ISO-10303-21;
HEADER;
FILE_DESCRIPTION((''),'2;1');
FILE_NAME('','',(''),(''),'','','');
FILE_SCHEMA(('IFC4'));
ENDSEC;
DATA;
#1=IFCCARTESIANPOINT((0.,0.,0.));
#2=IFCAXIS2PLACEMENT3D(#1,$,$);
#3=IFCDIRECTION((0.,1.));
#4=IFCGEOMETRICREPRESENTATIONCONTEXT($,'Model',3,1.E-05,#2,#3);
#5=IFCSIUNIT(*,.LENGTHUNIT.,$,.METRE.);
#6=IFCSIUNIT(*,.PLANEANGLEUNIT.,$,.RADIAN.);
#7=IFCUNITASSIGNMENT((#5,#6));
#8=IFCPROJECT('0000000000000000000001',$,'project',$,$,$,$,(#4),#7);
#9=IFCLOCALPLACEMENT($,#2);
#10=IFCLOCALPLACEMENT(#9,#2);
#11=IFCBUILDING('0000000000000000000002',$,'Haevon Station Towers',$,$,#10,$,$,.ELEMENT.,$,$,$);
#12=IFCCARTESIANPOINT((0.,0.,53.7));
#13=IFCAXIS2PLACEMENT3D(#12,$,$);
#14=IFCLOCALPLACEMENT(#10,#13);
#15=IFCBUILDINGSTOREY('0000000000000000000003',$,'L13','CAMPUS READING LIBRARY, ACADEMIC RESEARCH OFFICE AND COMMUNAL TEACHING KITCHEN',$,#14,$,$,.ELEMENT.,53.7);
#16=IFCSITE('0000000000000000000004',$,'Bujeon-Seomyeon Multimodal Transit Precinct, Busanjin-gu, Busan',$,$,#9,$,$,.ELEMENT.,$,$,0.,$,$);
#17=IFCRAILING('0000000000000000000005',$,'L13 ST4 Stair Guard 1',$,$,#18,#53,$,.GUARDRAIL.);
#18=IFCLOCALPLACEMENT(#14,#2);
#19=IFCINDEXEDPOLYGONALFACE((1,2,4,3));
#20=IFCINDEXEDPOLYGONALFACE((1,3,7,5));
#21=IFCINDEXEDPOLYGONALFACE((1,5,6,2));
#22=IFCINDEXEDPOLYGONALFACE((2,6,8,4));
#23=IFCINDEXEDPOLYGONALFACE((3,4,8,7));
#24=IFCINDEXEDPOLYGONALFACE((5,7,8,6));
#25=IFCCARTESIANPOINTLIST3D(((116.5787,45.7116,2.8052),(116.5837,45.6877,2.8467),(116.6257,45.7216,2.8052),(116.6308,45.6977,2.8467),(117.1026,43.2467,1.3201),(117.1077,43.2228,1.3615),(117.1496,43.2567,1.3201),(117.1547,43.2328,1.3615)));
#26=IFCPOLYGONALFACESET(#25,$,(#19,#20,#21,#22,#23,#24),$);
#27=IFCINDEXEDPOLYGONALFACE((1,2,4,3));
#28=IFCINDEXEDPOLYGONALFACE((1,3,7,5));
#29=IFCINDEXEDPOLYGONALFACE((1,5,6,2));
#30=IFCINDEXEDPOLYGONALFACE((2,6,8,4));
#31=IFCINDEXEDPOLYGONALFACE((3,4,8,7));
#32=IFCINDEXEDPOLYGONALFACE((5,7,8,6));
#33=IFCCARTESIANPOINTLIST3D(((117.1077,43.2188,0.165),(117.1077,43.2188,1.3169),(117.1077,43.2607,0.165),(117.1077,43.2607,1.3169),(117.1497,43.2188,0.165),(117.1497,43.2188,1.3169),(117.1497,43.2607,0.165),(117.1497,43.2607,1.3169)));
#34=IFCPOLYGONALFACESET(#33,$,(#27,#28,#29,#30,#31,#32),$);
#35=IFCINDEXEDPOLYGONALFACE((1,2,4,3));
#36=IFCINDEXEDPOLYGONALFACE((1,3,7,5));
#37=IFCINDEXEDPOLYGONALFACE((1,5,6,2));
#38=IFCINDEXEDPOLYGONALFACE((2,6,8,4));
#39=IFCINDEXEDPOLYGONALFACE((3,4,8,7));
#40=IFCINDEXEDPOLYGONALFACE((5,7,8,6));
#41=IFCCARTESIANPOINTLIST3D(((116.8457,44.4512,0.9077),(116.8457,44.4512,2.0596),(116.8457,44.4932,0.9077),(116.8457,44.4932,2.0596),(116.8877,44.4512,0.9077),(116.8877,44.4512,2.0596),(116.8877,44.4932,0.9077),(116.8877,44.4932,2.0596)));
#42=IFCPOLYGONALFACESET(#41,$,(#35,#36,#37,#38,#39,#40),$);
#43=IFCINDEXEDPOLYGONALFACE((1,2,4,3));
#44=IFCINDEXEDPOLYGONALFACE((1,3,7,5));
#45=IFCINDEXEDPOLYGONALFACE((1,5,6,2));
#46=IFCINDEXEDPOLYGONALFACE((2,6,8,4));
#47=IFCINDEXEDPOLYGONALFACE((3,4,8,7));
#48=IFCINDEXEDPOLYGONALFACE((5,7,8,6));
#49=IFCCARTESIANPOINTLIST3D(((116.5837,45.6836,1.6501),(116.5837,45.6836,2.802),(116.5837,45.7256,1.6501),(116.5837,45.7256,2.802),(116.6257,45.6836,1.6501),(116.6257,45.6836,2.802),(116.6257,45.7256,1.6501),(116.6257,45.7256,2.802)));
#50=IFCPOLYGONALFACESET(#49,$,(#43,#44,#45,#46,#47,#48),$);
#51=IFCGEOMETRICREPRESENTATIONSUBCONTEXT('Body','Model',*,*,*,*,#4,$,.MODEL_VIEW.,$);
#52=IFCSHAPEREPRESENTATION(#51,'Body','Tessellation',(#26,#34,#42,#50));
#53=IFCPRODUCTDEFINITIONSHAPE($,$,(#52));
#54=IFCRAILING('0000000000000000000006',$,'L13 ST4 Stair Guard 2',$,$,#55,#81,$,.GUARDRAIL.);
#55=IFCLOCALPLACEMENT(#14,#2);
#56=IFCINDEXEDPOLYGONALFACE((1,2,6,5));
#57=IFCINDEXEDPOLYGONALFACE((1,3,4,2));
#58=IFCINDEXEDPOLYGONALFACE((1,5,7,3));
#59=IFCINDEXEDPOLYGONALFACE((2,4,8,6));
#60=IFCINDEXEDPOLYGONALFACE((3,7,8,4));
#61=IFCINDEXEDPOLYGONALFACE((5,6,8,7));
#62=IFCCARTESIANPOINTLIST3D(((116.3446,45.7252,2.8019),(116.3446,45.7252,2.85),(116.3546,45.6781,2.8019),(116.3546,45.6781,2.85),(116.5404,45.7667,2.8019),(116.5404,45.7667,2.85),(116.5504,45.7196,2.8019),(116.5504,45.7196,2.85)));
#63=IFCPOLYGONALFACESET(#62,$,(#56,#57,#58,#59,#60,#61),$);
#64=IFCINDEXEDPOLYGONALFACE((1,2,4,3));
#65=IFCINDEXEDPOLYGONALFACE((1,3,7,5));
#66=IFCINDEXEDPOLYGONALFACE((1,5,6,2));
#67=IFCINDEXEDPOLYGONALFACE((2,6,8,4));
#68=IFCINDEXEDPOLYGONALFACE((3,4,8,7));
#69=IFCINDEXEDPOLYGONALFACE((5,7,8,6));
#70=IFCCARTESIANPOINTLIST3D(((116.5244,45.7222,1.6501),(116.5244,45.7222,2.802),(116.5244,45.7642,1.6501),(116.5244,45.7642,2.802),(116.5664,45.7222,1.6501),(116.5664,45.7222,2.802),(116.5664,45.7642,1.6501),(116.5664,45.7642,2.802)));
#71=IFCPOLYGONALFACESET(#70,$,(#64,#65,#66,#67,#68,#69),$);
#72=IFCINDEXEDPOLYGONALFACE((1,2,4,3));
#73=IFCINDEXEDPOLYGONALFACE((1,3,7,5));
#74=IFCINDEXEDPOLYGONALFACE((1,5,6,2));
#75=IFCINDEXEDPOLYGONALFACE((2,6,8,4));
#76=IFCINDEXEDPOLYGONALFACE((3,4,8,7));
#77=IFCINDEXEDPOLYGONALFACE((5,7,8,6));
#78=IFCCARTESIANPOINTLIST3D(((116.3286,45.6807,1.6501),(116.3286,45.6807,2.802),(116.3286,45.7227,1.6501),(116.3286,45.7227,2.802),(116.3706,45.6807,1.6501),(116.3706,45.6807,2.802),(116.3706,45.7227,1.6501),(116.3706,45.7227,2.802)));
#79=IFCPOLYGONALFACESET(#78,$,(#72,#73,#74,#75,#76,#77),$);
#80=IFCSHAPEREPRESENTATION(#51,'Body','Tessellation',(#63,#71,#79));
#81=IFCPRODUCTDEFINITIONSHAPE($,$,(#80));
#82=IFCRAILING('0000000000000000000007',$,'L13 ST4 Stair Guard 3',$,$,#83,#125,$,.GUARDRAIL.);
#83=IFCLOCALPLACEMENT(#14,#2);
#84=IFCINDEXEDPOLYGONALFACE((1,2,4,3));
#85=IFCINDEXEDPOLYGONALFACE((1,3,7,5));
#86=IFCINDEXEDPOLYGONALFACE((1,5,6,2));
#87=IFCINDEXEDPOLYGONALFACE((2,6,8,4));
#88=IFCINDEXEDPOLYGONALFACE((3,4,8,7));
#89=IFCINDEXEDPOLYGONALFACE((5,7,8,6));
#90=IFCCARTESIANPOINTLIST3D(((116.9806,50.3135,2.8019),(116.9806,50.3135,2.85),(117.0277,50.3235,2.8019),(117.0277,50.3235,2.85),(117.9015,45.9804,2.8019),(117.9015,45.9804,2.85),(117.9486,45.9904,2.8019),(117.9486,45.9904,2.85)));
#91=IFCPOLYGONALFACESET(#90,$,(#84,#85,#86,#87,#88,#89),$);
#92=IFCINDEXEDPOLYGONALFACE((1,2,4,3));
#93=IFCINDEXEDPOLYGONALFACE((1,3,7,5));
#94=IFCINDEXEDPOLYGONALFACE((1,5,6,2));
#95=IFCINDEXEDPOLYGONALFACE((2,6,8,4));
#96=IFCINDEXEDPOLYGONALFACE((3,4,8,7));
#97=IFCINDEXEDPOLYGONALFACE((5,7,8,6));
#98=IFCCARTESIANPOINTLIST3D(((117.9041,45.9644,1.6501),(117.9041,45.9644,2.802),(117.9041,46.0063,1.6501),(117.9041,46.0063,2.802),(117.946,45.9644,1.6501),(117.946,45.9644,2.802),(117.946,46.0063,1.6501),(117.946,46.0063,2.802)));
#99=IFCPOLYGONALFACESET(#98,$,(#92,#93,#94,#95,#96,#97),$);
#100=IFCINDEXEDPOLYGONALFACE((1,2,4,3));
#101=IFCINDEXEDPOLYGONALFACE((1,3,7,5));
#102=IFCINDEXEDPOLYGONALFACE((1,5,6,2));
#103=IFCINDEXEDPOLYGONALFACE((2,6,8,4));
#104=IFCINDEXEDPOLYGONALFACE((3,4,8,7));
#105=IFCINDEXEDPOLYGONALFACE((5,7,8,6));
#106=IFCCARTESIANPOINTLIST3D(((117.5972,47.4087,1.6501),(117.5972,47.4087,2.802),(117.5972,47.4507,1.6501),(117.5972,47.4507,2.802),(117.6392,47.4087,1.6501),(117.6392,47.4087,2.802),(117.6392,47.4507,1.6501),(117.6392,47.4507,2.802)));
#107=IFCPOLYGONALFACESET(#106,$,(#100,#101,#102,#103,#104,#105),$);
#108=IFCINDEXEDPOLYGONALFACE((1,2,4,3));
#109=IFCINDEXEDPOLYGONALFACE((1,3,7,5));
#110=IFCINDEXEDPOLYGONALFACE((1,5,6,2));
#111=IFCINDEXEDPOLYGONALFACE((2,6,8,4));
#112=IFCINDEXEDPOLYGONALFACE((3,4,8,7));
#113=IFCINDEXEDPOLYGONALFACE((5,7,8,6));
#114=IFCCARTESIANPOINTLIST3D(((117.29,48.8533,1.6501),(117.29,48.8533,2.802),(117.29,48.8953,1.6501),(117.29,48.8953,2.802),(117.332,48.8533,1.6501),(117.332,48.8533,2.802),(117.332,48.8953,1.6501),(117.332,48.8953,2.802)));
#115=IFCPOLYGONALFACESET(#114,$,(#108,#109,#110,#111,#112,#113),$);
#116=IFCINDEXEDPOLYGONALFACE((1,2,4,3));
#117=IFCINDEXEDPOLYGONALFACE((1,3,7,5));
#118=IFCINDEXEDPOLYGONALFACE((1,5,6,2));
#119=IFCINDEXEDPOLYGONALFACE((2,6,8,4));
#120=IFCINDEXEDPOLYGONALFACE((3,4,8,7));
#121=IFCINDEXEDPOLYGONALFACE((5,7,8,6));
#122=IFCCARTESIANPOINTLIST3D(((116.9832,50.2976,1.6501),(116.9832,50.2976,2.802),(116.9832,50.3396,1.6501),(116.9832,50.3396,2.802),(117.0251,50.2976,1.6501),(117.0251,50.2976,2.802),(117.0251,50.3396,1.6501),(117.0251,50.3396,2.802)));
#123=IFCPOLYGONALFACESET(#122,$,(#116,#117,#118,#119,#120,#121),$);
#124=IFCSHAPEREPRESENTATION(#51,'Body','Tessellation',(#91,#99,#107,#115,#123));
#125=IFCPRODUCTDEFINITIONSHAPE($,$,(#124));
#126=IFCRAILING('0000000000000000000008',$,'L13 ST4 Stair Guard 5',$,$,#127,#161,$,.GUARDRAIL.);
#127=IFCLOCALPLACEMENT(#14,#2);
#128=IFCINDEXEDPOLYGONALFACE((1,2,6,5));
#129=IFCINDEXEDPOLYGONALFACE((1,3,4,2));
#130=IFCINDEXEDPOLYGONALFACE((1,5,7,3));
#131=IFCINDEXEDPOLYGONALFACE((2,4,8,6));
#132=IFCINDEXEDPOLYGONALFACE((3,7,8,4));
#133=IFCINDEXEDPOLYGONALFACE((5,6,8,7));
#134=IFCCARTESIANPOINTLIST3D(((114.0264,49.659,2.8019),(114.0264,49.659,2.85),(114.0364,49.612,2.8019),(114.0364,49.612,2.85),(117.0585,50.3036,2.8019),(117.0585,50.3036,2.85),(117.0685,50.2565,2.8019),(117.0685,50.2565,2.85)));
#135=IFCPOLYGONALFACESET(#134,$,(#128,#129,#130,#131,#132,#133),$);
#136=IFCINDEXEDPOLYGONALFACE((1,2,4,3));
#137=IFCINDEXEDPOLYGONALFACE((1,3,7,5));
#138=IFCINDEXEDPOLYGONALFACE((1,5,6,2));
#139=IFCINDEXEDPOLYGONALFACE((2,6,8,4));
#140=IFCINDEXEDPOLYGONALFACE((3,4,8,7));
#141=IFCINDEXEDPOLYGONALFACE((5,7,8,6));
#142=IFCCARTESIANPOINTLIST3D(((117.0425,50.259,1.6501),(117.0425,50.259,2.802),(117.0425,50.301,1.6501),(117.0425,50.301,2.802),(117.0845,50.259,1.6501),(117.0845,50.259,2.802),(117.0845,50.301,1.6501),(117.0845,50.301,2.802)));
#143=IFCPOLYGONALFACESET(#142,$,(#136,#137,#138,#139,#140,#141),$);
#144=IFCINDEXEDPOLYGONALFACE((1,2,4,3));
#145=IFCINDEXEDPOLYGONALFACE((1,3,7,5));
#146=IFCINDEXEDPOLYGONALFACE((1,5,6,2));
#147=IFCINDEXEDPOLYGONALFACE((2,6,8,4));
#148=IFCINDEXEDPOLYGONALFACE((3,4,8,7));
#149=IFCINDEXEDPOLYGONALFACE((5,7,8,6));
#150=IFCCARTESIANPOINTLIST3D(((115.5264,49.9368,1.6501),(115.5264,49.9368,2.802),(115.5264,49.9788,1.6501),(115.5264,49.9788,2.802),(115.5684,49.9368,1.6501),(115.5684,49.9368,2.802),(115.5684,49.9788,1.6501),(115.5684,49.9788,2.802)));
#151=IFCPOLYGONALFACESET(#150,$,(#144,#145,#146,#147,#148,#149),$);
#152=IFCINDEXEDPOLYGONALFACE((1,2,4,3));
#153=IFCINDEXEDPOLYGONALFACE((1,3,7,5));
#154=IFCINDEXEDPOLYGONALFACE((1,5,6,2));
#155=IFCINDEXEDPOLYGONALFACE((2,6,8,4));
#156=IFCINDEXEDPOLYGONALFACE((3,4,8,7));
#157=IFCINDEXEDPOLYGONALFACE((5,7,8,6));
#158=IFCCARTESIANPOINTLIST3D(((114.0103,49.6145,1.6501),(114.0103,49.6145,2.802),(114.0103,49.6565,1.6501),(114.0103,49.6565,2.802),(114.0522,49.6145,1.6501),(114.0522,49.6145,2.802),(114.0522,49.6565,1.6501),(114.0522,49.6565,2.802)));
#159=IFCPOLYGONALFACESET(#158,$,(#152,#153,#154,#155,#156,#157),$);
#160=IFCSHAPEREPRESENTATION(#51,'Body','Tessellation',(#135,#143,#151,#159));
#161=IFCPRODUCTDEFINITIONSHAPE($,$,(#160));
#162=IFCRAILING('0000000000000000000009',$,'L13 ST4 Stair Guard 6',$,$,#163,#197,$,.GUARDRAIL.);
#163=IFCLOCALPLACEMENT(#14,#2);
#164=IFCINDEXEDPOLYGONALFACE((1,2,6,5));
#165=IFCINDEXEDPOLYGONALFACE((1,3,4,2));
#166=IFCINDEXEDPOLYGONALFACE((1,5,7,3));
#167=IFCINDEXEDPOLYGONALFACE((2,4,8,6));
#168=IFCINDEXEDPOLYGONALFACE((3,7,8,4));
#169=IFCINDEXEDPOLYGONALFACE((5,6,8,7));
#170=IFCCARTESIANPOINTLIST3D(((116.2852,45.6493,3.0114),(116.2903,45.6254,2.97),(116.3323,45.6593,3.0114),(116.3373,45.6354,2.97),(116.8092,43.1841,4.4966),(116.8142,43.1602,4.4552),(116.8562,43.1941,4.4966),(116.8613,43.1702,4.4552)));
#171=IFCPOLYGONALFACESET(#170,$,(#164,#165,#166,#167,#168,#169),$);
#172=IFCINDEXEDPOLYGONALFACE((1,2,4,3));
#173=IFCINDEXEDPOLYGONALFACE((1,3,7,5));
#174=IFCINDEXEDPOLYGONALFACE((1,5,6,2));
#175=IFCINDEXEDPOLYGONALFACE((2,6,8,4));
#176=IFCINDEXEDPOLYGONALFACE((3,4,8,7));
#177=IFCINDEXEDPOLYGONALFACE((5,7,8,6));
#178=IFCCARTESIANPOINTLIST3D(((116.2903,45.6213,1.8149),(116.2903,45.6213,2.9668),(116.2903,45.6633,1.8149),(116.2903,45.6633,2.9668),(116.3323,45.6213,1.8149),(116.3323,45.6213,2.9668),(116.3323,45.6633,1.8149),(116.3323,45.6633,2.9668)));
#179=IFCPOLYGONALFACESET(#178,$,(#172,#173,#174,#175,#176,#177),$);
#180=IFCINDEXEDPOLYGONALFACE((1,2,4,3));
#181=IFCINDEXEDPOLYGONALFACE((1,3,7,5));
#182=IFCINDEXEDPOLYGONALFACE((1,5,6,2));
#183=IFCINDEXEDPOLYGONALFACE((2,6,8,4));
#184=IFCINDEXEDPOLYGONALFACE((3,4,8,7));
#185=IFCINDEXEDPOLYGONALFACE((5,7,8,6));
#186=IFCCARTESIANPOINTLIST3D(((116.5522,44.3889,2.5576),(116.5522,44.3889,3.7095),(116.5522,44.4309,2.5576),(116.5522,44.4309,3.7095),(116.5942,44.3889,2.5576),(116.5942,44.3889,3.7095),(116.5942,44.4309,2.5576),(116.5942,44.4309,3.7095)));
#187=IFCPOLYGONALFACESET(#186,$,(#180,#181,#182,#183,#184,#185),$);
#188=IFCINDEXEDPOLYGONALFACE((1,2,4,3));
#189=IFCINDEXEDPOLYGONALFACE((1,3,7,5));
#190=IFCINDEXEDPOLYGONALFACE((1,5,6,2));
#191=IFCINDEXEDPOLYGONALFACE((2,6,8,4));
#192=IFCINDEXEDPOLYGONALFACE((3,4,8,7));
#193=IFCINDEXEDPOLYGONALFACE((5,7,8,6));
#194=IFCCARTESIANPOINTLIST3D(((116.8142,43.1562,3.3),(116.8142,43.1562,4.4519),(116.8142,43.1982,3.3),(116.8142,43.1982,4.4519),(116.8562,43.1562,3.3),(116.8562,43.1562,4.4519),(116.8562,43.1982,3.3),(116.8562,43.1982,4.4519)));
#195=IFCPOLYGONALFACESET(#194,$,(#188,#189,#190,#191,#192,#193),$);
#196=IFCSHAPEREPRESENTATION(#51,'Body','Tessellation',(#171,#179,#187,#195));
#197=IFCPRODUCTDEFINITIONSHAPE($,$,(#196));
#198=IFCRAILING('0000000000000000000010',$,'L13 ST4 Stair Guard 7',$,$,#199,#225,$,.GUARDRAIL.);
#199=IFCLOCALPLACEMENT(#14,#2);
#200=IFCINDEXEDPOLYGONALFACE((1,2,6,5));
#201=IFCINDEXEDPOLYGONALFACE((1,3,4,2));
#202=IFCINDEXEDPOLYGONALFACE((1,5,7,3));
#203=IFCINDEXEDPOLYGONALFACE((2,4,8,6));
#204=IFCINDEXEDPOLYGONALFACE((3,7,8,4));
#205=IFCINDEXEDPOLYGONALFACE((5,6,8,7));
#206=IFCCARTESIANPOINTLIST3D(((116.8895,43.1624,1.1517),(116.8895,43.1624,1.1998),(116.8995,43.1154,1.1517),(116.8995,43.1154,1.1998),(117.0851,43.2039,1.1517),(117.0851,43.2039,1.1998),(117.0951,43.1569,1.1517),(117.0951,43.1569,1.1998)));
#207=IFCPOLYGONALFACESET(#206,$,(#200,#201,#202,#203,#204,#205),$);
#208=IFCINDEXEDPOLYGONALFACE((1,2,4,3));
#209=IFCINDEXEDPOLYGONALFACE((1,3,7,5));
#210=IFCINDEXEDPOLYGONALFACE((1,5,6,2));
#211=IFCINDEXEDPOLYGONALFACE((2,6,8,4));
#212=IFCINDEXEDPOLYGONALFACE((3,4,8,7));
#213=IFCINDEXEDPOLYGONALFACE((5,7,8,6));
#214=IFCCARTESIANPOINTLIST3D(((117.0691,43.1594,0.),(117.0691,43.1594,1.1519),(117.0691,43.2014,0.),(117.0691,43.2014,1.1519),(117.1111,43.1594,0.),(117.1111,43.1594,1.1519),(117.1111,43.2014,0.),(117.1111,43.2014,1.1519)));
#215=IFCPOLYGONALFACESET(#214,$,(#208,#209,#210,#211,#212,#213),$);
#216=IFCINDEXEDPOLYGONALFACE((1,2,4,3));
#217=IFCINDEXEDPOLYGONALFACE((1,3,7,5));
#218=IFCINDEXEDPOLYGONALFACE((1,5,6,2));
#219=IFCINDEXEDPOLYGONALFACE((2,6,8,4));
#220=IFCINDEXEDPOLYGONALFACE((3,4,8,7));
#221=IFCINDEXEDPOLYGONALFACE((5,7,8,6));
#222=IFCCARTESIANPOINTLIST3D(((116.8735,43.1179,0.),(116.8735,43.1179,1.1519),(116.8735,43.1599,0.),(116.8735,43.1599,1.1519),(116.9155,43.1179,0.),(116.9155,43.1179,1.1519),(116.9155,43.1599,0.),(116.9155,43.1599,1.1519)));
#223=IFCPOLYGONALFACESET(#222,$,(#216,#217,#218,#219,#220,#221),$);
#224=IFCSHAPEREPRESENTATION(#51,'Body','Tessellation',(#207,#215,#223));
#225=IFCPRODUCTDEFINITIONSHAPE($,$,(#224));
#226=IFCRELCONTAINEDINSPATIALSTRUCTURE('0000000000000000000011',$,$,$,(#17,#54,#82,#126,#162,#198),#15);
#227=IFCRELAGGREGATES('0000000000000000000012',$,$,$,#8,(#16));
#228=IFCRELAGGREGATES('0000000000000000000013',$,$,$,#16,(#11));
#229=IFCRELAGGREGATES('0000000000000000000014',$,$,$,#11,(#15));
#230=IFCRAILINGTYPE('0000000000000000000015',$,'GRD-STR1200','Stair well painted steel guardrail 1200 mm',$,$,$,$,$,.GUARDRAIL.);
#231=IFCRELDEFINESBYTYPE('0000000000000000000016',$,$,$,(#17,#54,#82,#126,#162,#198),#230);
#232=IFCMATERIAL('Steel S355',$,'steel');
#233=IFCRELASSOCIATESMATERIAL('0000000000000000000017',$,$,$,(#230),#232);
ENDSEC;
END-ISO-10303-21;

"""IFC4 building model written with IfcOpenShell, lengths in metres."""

from ifc_helpers import new_model, si_unit, direction, frame, origin, origin_2d, place, context, subcontext, project, spatial, rectangle, extrude, material, type_object, element, save


model = new_model("IFC4")

# Units and contexts
model_context = context("Model", 3, precision=1e-05, world=origin(), true_north=direction((0.0, 1.0)))
body_context = subcontext(model_context, "Body", "Model", "MODEL_VIEW")
ifc_project = project(units=[si_unit("LENGTHUNIT", "METRE"), si_unit("PLANEANGLEUNIT", "RADIAN")], contexts=[model_context])

# Site, building, storey
site_placement = place(None, origin())
site = spatial("IfcSite", under=ifc_project, at=site_placement, Name="Bujeon-Seomyeon Multimodal Transit Precinct, Busanjin-gu, Busan", CompositionType="ELEMENT", RefElevation=0.0)
building_placement = place(site_placement, origin())
building = spatial("IfcBuilding", under=site, at=building_placement, Name="Haevon Station Towers", CompositionType="ELEMENT")
storey_placement = place(building_placement, frame((0.0, 0.0, 53.7)))
storey = spatial("IfcBuildingStorey", under=building, at=storey_placement, Name="L13", Description="CAMPUS READING LIBRARY, ACADEMIC RESEARCH OFFICE AND COMMUNAL TEACHING KITCHEN", CompositionType="ELEMENT", Elevation=53.7)

# Shared definitions
ifc_material_1 = material(Name="Steel S355", Category="steel")

# Railings
railing_type_1 = type_object("IfcRailingType", Name="GRD-STR1200", Description="Stair well painted steel guardrail 1200 mm", PredefinedType="GUARDRAIL", material=ifc_material_1)
railing_1_placement = place(storey_placement, frame((117.1287, 43.2397, 0.165)))
element("IfcRailing", 1, at=railing_1_placement, inside=storey, type_object=railing_type_1, Name="L13 ST4 Stair Guard 1", PredefinedType="GUARDRAIL", context=body_context, shape_type="SweptSolid", body=[
    extrude(rectangle(XDim=0.0481, YDim=0.0481, at=origin_2d()), frame((0.0, 0.0, 1.1758), z_axis=(-0.179121, 0.842688, 0.507733), x_axis=(-0.978147, -0.207914, 0.0)), (0.0, 0.0, 1.0), 2.925),
    extrude(rectangle(XDim=0.042, YDim=0.042, at=origin_2d()), origin(), (0.0, 0.0, 1.0), 1.1519),
    extrude(rectangle(XDim=0.042, YDim=0.042, at=origin_2d()), frame((-0.262, 1.2324, 0.7427)), (0.0, 0.0, 1.0), 1.1519),
    extrude(rectangle(XDim=0.042, YDim=0.042, at=origin_2d()), frame((-0.5239, 2.4648, 1.4851)), (0.0, 0.0, 1.0), 1.1519),
])
railing_2_placement = place(storey_placement, frame((116.5454, 45.7432, 1.6501)))
element("IfcRailing", 2, at=railing_2_placement, inside=storey, type_object=railing_type_1, Name="L13 ST4 Stair Guard 2", PredefinedType="GUARDRAIL", context=body_context, shape_type="SweptSolid", body=[
    extrude(rectangle(XDim=0.0481, YDim=0.0481, at=origin_2d()), frame((0.0, 0.0, 1.1758), z_axis=(-0.978264, -0.207363, 0.0), x_axis=(0.207363, -0.978264, 0.0)), (0.0, 0.0, 1.0), 0.2002),
    extrude(rectangle(XDim=0.042, YDim=0.042, at=origin_2d()), origin(), (0.0, 0.0, 1.0), 1.1519),
    extrude(rectangle(XDim=0.042, YDim=0.042, at=origin_2d()), frame((-0.1958, -0.0415, 0.0)), (0.0, 0.0, 1.0), 1.1519),
])
railing_3_placement = place(storey_placement, frame((117.925, 45.9854, 1.6501)))
element("IfcRailing", 3, at=railing_3_placement, inside=storey, type_object=railing_type_1, Name="L13 ST4 Stair Guard 3", PredefinedType="GUARDRAIL", context=body_context, shape_type="SweptSolid", body=[
    extrude(rectangle(XDim=0.0481, YDim=0.0481, at=origin_2d()), frame((0.0, 0.0, 1.1758), z_axis=(-0.207877, 0.978155, 0.0), x_axis=(-0.978155, -0.207877, 0.0)), (0.0, 0.0, 1.0), 4.4299),
    extrude(rectangle(XDim=0.042, YDim=0.042, at=origin_2d()), origin(), (0.0, 0.0, 1.0), 1.1519),
    extrude(rectangle(XDim=0.042, YDim=0.042, at=origin_2d()), frame((-0.3069, 1.4443, 0.0)), (0.0, 0.0, 1.0), 1.1519),
    extrude(rectangle(XDim=0.042, YDim=0.042, at=origin_2d()), frame((-0.614, 2.8889, 0.0)), (0.0, 0.0, 1.0), 1.1519),
    extrude(rectangle(XDim=0.042, YDim=0.042, at=origin_2d()), frame((-0.9209, 4.3333, 0.0)), (0.0, 0.0, 1.0), 1.1519),
])
railing_4_placement = place(storey_placement, frame((117.0635, 50.28, 1.6501)))
element("IfcRailing", 4, at=railing_4_placement, inside=storey, type_object=railing_type_1, Name="L13 ST4 Stair Guard 5", PredefinedType="GUARDRAIL", context=body_context, shape_type="SweptSolid", body=[
    extrude(rectangle(XDim=0.0481, YDim=0.0481, at=origin_2d()), frame((0.0, 0.0, 1.1758), z_axis=(-0.978147, -0.207915, 0.0), x_axis=(0.207915, -0.978147, 0.0)), (0.0, 0.0, 1.0), 3.0999),
    extrude(rectangle(XDim=0.042, YDim=0.042, at=origin_2d()), origin(), (0.0, 0.0, 1.0), 1.1519),
    extrude(rectangle(XDim=0.042, YDim=0.042, at=origin_2d()), frame((-1.5161, -0.3223, 0.0)), (0.0, 0.0, 1.0), 1.1519),
    extrude(rectangle(XDim=0.042, YDim=0.042, at=origin_2d()), frame((-3.0322, -0.6445, 0.0)), (0.0, 0.0, 1.0), 1.1519),
])
railing_5_placement = place(storey_placement, frame((116.3113, 45.6423, 1.8149)))
element("IfcRailing", 5, at=railing_5_placement, inside=storey, type_object=railing_type_1, Name="L13 ST4 Stair Guard 6", PredefinedType="GUARDRAIL", context=body_context, shape_type="SweptSolid", body=[
    extrude(rectangle(XDim=0.0481, YDim=0.0481, at=origin_2d()), frame((0.0, 0.0, 1.1758), z_axis=(0.179109, -0.842712, 0.507697), x_axis=(0.978151, 0.207895, 0.0)), (0.0, 0.0, 1.0), 2.9253),
    extrude(rectangle(XDim=0.042, YDim=0.042, at=origin_2d()), origin(), (0.0, 0.0, 1.0), 1.1519),
    extrude(rectangle(XDim=0.042, YDim=0.042, at=origin_2d()), frame((0.262, -1.2324, 0.7427)), (0.0, 0.0, 1.0), 1.1519),
    extrude(rectangle(XDim=0.042, YDim=0.042, at=origin_2d()), frame((0.5239, -2.4651, 1.4851)), (0.0, 0.0, 1.0), 1.1519),
])
railing_6_placement = place(storey_placement, frame((117.0901, 43.1804, 0.0)))
element("IfcRailing", 6, at=railing_6_placement, inside=storey, type_object=railing_type_1, Name="L13 ST4 Stair Guard 7", PredefinedType="GUARDRAIL", context=body_context, shape_type="SweptSolid", body=[
    extrude(rectangle(XDim=0.0481, YDim=0.0481, at=origin_2d()), frame((0.0, 0.0, 1.1758), z_axis=(-0.978212, -0.20761, 0.0), x_axis=(0.20761, -0.978212, 0.0)), (0.0, 0.0, 1.0), 0.2),
    extrude(rectangle(XDim=0.042, YDim=0.042, at=origin_2d()), origin(), (0.0, 0.0, 1.0), 1.1519),
    extrude(rectangle(XDim=0.042, YDim=0.042, at=origin_2d()), frame((-0.1956, -0.0415, 0.0)), (0.0, 0.0, 1.0), 1.1519),
])

save(model, "model.ifc")
